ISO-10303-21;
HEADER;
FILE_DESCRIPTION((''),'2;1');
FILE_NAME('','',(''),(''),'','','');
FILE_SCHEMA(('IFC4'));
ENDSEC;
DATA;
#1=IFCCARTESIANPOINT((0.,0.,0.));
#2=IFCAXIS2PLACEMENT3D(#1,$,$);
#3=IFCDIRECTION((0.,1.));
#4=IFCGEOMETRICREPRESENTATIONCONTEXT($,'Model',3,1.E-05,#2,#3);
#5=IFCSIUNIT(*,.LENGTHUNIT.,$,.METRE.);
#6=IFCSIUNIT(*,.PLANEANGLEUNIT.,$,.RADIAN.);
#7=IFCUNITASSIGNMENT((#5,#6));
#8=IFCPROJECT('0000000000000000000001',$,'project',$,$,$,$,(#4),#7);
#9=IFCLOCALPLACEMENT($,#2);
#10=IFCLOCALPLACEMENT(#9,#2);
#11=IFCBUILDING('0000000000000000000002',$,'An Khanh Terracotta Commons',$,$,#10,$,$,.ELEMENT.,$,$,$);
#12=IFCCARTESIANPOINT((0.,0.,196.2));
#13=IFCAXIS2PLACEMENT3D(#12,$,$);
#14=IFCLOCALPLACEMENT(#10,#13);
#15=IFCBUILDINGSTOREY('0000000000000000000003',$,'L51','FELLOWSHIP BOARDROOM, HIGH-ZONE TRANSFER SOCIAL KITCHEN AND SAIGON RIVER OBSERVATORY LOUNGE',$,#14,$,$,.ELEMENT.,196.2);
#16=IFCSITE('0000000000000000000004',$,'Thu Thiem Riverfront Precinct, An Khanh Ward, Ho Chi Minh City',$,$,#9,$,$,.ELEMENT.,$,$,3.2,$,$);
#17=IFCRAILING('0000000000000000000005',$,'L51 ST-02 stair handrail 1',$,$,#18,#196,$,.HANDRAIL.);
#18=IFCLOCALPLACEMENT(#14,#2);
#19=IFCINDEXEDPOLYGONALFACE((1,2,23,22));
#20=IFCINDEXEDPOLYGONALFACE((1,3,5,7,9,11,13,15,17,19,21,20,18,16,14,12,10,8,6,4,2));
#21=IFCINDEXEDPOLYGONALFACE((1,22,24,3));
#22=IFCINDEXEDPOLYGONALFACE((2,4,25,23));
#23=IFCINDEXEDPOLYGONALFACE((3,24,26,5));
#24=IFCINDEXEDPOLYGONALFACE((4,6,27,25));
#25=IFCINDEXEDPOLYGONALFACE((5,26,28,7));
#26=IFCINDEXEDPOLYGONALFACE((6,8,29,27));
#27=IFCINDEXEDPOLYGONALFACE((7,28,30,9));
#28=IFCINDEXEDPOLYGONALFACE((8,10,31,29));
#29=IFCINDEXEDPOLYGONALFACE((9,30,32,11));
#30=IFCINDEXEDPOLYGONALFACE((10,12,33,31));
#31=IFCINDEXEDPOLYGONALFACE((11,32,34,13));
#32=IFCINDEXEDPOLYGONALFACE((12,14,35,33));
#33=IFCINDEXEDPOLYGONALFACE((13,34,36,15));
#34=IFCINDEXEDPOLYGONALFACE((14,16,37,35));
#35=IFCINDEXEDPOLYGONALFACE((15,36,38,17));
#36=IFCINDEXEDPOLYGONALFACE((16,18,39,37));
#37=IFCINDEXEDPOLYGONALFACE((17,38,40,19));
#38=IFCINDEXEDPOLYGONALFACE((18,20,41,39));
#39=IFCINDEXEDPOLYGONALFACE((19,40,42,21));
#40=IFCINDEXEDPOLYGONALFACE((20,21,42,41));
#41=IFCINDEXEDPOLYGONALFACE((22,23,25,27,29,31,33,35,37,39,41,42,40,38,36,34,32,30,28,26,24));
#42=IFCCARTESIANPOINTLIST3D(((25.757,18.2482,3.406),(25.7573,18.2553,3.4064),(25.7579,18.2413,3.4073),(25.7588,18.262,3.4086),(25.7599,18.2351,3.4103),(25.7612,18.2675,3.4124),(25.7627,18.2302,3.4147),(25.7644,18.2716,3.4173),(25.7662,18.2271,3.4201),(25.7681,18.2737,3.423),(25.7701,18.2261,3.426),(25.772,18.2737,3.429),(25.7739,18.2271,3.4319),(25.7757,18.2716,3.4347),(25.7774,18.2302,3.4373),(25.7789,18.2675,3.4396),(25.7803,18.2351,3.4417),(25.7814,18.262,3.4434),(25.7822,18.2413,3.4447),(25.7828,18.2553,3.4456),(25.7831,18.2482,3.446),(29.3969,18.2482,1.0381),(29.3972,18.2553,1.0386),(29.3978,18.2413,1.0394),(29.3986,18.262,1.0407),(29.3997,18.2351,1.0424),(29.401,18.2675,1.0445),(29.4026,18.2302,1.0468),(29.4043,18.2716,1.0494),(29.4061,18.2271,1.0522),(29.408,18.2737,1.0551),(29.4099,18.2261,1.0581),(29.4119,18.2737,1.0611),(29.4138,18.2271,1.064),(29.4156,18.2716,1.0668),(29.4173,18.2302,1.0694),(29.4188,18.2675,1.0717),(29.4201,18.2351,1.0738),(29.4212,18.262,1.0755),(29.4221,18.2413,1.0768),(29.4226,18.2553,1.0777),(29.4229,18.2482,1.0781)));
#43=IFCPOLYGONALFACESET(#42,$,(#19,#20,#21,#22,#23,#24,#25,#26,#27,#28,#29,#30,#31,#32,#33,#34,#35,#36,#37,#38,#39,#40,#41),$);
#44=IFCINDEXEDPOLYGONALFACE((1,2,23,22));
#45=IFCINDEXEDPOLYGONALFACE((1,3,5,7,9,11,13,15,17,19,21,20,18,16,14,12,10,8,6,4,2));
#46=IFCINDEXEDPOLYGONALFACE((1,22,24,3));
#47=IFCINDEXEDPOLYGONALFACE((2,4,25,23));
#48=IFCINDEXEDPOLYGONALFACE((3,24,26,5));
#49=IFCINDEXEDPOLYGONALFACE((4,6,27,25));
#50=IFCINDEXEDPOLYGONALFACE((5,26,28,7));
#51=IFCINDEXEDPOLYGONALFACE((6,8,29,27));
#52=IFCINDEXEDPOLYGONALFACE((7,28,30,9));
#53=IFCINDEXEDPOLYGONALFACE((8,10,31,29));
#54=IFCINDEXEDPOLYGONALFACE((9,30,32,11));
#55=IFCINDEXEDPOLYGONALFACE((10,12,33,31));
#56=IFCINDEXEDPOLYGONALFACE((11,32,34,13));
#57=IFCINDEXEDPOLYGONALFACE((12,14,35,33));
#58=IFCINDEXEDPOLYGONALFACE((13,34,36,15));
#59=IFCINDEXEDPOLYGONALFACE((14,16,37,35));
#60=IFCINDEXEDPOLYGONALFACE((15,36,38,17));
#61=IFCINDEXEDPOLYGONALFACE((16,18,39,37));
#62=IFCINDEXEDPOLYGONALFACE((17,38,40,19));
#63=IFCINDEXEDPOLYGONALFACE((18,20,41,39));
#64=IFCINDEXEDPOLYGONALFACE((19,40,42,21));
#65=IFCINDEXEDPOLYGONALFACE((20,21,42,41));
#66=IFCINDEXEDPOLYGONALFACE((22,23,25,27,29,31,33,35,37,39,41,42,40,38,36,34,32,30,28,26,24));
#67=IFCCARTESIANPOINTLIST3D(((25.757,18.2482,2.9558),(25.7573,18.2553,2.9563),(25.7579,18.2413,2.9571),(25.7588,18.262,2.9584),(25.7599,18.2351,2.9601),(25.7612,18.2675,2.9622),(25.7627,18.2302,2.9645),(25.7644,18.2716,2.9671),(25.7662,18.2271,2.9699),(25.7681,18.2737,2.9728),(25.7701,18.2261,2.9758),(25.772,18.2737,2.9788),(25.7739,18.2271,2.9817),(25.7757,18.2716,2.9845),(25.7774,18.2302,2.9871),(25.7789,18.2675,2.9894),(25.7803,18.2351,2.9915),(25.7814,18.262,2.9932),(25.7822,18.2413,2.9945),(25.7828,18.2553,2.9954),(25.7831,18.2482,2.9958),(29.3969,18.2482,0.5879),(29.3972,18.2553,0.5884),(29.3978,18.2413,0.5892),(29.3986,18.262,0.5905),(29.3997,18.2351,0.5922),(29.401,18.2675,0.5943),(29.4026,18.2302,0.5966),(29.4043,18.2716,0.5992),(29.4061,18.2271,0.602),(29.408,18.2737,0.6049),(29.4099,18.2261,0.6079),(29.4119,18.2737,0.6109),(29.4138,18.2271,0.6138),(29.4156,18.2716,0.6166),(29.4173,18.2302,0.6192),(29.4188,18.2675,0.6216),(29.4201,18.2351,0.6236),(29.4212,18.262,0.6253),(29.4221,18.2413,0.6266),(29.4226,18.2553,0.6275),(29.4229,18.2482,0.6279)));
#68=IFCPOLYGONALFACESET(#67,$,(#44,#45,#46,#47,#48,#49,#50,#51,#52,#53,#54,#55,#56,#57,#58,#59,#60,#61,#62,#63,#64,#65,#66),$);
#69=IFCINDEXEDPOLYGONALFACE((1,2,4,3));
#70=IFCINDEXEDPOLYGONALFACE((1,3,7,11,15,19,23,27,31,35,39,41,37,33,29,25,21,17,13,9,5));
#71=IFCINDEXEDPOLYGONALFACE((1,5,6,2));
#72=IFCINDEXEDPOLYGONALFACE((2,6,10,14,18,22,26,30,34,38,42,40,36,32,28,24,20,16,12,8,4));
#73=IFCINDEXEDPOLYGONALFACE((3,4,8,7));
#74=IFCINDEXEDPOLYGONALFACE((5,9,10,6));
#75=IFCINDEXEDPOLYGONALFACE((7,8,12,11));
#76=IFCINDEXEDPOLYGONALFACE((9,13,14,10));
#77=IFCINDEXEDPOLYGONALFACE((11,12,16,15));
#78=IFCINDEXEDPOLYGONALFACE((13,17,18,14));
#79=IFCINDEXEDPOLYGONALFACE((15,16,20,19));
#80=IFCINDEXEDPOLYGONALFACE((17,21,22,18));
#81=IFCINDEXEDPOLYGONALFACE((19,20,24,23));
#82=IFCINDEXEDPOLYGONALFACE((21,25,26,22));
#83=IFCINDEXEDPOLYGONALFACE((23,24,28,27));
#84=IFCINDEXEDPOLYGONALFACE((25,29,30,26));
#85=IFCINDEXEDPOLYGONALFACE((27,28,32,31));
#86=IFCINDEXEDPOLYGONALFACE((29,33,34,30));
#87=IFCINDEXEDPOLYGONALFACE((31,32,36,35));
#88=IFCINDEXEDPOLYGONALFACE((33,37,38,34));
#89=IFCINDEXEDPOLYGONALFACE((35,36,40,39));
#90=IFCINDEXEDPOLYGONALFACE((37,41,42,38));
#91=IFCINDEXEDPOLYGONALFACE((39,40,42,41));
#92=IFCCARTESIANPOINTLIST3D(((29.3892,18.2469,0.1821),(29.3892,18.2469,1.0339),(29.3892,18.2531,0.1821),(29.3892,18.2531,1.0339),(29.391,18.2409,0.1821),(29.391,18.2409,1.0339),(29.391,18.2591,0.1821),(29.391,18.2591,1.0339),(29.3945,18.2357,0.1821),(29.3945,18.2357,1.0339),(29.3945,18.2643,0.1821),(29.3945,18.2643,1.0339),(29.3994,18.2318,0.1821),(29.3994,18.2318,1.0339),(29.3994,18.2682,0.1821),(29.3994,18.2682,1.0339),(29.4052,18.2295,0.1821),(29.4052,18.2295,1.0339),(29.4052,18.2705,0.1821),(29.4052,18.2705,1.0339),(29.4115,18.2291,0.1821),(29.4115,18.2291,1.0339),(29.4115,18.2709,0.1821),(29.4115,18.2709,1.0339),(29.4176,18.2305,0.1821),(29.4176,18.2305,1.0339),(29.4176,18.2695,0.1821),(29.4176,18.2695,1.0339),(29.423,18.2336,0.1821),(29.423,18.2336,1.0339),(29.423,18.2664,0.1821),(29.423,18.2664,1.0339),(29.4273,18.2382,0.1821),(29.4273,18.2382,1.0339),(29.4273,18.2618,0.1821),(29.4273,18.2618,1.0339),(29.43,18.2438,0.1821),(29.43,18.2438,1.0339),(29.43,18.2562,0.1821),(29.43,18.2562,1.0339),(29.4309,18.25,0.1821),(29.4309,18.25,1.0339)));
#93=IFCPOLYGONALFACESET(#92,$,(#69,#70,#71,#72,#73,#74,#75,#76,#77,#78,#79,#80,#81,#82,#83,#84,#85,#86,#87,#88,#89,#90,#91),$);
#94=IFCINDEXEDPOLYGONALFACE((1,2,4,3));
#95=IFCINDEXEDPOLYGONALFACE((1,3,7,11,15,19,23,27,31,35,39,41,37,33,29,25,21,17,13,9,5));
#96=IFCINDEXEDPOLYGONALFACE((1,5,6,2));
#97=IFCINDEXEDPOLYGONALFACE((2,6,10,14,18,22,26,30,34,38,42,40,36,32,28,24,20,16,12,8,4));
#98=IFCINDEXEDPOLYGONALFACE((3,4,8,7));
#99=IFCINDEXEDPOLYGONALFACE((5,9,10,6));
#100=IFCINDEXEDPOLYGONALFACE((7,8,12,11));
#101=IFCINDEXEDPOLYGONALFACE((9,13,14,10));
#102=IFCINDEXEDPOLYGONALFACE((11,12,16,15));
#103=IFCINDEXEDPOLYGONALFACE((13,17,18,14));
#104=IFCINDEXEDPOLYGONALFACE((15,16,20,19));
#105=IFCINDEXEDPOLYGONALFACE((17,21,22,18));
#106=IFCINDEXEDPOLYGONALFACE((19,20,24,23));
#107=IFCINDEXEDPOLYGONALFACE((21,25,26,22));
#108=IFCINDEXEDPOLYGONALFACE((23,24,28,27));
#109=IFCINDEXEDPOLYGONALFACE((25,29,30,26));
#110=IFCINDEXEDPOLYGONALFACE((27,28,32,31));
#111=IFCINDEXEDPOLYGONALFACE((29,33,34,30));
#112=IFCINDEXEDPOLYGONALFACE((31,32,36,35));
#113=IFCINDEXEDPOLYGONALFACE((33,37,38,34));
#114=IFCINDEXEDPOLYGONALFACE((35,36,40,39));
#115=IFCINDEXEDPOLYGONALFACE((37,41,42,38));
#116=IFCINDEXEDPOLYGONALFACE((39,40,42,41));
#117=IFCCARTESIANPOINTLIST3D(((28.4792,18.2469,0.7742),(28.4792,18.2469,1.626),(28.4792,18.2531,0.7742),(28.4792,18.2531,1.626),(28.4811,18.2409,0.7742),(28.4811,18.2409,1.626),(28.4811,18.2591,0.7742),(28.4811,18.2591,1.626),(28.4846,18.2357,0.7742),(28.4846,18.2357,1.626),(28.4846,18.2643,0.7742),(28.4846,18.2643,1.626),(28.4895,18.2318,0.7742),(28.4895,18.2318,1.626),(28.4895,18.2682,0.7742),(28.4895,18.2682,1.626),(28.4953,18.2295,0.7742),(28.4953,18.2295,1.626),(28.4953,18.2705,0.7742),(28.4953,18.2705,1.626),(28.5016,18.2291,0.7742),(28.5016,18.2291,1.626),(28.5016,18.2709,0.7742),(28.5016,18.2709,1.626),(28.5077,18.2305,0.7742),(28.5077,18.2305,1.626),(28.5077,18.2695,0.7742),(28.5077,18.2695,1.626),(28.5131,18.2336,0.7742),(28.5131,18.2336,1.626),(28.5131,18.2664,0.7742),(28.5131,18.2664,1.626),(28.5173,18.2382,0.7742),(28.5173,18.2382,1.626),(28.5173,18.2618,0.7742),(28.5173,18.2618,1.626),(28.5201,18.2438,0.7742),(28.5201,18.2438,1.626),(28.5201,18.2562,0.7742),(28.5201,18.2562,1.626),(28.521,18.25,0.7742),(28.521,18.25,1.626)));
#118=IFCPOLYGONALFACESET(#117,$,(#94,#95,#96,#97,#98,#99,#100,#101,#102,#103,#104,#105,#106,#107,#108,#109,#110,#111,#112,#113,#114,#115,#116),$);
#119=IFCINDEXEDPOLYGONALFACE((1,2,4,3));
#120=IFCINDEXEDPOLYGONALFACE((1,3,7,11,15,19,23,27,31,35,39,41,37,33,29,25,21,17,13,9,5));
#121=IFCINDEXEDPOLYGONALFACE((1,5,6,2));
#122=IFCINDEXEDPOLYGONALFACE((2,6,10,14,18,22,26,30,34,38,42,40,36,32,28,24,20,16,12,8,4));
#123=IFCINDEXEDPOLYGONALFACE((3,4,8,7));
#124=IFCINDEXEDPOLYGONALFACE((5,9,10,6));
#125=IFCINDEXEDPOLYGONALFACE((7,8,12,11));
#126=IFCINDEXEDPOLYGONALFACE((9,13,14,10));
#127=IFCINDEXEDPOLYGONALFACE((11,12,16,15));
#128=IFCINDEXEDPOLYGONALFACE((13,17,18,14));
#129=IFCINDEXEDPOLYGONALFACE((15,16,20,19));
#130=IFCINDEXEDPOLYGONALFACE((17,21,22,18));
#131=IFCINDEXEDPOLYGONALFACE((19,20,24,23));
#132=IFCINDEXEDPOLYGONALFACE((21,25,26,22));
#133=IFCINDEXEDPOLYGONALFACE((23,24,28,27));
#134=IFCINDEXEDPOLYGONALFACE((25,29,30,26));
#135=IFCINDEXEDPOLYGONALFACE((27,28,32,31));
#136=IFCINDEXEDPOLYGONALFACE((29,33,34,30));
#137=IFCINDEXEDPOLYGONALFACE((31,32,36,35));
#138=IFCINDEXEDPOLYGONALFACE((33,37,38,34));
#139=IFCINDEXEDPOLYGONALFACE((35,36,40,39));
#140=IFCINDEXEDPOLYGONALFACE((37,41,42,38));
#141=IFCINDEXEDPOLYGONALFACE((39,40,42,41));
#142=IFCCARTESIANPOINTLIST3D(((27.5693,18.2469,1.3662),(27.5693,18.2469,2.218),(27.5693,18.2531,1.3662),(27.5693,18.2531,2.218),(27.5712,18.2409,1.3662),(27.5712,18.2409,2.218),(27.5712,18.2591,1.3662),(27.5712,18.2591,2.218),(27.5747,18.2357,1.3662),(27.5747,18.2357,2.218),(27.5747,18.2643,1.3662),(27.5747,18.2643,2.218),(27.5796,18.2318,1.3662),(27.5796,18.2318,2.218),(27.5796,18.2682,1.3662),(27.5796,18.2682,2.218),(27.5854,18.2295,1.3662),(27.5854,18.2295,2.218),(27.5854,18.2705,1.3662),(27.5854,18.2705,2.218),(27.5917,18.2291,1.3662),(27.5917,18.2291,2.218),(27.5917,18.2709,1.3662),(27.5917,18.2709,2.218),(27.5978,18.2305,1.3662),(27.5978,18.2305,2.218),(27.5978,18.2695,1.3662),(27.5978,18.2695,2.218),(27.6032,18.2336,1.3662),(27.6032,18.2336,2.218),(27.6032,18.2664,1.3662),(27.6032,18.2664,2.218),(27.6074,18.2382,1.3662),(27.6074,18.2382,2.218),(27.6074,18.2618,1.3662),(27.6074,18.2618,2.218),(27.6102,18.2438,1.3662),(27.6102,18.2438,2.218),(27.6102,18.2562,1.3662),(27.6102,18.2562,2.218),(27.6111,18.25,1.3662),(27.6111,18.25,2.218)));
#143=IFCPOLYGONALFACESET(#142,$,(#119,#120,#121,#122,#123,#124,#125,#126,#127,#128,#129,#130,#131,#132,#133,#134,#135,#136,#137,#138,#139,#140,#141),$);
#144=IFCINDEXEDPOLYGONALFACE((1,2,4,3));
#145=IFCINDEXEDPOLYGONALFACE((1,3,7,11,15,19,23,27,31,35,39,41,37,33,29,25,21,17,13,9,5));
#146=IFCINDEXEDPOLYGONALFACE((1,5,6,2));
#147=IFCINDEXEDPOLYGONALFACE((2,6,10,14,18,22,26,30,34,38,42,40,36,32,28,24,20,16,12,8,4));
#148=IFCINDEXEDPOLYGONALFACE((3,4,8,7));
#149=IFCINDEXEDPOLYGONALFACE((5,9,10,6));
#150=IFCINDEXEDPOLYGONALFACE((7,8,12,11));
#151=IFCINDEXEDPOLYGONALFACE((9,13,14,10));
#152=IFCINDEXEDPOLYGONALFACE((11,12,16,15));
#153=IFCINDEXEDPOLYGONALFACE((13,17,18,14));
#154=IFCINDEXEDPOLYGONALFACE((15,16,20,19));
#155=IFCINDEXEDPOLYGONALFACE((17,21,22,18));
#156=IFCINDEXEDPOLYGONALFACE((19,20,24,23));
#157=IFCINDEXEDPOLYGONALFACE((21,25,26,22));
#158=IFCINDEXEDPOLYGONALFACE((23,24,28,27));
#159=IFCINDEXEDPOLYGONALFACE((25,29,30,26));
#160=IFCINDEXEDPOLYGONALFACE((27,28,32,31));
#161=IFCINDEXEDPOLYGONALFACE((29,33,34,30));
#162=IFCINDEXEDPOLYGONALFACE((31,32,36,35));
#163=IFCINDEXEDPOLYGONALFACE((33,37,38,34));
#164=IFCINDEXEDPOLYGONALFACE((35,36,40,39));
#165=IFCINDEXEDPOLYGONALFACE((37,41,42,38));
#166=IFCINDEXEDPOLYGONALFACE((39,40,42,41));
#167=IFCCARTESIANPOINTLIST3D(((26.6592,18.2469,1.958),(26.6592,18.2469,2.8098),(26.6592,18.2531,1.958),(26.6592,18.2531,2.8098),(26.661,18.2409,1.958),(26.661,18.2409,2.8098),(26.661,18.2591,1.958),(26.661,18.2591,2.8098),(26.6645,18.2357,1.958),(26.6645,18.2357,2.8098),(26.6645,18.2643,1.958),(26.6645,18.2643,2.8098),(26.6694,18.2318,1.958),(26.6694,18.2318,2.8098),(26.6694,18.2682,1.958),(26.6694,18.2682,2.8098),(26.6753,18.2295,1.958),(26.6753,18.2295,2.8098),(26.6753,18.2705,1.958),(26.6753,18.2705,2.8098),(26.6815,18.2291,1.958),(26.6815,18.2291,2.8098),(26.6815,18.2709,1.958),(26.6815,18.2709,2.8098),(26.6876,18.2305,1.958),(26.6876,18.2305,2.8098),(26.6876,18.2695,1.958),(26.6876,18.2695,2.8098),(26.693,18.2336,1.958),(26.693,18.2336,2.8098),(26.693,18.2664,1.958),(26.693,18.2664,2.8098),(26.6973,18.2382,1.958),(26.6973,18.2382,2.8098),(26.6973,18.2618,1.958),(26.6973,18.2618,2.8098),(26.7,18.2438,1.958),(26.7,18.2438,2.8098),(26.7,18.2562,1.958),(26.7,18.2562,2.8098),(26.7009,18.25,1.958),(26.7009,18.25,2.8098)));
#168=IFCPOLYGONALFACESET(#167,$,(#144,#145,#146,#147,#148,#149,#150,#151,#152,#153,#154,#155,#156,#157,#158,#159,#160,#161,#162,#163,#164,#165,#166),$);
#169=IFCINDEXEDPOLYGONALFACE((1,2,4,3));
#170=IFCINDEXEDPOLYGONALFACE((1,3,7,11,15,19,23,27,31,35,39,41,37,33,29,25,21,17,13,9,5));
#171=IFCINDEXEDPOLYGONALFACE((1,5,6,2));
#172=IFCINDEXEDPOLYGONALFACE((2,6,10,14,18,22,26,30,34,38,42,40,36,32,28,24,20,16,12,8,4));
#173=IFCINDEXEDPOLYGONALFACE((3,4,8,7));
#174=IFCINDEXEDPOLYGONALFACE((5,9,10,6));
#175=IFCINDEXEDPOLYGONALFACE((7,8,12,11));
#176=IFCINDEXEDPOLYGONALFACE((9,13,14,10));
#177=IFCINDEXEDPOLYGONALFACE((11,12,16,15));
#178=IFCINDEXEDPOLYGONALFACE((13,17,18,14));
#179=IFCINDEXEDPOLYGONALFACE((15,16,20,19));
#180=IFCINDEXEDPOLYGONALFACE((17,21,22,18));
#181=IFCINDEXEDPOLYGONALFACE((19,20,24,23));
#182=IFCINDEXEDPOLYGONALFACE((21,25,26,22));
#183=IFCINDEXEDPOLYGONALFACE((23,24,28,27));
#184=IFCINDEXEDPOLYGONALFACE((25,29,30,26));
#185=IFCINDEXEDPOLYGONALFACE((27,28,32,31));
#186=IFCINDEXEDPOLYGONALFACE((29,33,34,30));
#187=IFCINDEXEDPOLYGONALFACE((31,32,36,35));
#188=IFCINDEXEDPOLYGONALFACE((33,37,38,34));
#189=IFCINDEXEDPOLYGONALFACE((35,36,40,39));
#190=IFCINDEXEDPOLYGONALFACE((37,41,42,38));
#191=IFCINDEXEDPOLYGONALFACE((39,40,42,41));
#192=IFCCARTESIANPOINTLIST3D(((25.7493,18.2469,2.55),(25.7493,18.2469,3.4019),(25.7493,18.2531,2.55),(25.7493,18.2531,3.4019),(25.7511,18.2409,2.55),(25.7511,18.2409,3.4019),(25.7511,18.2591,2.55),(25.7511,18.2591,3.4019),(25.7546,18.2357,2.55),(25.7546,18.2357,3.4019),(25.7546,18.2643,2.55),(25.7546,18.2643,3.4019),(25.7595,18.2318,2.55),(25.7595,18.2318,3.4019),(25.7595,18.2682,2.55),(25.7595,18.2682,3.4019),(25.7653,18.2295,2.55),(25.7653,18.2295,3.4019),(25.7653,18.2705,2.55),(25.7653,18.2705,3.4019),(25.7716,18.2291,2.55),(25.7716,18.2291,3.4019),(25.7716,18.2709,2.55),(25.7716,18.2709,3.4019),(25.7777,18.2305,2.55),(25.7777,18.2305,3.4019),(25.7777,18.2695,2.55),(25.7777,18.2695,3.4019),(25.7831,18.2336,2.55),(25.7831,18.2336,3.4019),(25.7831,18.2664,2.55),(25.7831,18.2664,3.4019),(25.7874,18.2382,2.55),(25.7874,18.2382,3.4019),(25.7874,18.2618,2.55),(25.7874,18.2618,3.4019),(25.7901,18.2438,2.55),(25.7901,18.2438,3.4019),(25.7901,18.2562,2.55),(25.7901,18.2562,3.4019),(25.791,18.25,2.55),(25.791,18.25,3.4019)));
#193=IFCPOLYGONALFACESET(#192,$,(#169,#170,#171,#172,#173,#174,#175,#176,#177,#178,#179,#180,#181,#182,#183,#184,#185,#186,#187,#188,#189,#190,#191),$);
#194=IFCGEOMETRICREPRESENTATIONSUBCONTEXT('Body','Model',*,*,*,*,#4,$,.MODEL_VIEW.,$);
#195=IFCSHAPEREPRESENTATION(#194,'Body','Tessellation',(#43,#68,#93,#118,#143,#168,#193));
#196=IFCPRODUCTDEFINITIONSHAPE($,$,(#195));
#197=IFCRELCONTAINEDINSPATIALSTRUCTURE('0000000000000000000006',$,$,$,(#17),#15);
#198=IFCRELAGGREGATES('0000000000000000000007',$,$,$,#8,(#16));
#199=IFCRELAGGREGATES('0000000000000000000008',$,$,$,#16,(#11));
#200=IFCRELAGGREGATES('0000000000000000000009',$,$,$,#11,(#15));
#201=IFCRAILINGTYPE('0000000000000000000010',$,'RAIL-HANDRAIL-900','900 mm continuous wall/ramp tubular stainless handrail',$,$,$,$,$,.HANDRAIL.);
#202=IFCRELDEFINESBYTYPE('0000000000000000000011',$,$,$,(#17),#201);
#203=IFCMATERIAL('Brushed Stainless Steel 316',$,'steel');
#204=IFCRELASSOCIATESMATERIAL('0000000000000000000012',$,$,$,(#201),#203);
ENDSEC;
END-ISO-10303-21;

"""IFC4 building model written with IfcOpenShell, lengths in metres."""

from ifc_helpers import new_model, si_unit, direction, frame, origin, origin_2d, place, context, subcontext, project, spatial, circle, extrude, material, type_object, element, save


model = new_model("IFC4")

# Units and contexts
model_context = context("Model", 3, precision=1e-05, world=origin(), true_north=direction((0.0, 1.0)))
body_context = subcontext(model_context, "Body", "Model", "MODEL_VIEW")
ifc_project = project(units=[si_unit("LENGTHUNIT", "METRE"), si_unit("PLANEANGLEUNIT", "RADIAN")], contexts=[model_context])

# Site, building, storey
site_placement = place(None, origin())
site = spatial("IfcSite", under=ifc_project, at=site_placement, Name="Thu Thiem Riverfront Precinct, An Khanh Ward, Ho Chi Minh City", CompositionType="ELEMENT", RefElevation=3.2)
building_placement = place(site_placement, origin())
building = spatial("IfcBuilding", under=site, at=building_placement, Name="An Khanh Terracotta Commons", CompositionType="ELEMENT")
storey_placement = place(building_placement, frame((0.0, 0.0, 196.2)))
storey = spatial("IfcBuildingStorey", under=building, at=storey_placement, Name="L51", Description="FELLOWSHIP BOARDROOM, HIGH-ZONE TRANSFER SOCIAL KITCHEN AND SAIGON RIVER OBSERVATORY LOUNGE", CompositionType="ELEMENT", Elevation=196.2)

# Railing
ifc_material_1 = material(Name="Brushed Stainless Steel 316", Category="steel")
railing_type_1 = type_object("IfcRailingType", Name="RAIL-HANDRAIL-900", Description="900 mm continuous wall/ramp tubular stainless handrail", PredefinedType="HANDRAIL", material=ifc_material_1)
railing_1_placement = place(storey_placement, frame((29.4099, 18.25, 0.1821)))
element("IfcRailing", 1, at=railing_1_placement, inside=storey, type_object=railing_type_1, Name="L51 ST-02 stair handrail 1", PredefinedType="HANDRAIL", context=body_context, shape_type="SweptSolid", body=[
    extrude(circle(Radius=0.0239, at=origin_2d()), frame((0.0, 0.0, 0.876), z_axis=(-0.838234, 0.0, 0.54531), x_axis=(0.0, -1.0, 0.0)), (0.0, 0.0, 1.0), 4.3423),
    extrude(circle(Radius=0.0239, at=origin_2d()), frame((0.0, 0.0, 0.4258), z_axis=(-0.838234, 0.0, 0.54531), x_axis=(0.0, -1.0, 0.0)), (0.0, 0.0, 1.0), 4.3423),
    extrude(circle(Radius=0.021, at=origin_2d()), origin(), (0.0, 0.0, 1.0), 0.8518),
    extrude(circle(Radius=0.021, at=origin_2d()), frame((-0.9099, 0.0, 0.592)), (0.0, 0.0, 1.0), 0.8518),
    extrude(circle(Radius=0.021, at=origin_2d()), frame((-1.8198, 0.0, 1.1841)), (0.0, 0.0, 1.0), 0.8518),
    extrude(circle(Radius=0.021, at=origin_2d()), frame((-2.73, 0.0, 1.7759)), (0.0, 0.0, 1.0), 0.8518),
    extrude(circle(Radius=0.021, at=origin_2d()), frame((-3.6399, 0.0, 2.3679)), (0.0, 0.0, 1.0), 0.8518),
])

save(model, "model.ifc")
